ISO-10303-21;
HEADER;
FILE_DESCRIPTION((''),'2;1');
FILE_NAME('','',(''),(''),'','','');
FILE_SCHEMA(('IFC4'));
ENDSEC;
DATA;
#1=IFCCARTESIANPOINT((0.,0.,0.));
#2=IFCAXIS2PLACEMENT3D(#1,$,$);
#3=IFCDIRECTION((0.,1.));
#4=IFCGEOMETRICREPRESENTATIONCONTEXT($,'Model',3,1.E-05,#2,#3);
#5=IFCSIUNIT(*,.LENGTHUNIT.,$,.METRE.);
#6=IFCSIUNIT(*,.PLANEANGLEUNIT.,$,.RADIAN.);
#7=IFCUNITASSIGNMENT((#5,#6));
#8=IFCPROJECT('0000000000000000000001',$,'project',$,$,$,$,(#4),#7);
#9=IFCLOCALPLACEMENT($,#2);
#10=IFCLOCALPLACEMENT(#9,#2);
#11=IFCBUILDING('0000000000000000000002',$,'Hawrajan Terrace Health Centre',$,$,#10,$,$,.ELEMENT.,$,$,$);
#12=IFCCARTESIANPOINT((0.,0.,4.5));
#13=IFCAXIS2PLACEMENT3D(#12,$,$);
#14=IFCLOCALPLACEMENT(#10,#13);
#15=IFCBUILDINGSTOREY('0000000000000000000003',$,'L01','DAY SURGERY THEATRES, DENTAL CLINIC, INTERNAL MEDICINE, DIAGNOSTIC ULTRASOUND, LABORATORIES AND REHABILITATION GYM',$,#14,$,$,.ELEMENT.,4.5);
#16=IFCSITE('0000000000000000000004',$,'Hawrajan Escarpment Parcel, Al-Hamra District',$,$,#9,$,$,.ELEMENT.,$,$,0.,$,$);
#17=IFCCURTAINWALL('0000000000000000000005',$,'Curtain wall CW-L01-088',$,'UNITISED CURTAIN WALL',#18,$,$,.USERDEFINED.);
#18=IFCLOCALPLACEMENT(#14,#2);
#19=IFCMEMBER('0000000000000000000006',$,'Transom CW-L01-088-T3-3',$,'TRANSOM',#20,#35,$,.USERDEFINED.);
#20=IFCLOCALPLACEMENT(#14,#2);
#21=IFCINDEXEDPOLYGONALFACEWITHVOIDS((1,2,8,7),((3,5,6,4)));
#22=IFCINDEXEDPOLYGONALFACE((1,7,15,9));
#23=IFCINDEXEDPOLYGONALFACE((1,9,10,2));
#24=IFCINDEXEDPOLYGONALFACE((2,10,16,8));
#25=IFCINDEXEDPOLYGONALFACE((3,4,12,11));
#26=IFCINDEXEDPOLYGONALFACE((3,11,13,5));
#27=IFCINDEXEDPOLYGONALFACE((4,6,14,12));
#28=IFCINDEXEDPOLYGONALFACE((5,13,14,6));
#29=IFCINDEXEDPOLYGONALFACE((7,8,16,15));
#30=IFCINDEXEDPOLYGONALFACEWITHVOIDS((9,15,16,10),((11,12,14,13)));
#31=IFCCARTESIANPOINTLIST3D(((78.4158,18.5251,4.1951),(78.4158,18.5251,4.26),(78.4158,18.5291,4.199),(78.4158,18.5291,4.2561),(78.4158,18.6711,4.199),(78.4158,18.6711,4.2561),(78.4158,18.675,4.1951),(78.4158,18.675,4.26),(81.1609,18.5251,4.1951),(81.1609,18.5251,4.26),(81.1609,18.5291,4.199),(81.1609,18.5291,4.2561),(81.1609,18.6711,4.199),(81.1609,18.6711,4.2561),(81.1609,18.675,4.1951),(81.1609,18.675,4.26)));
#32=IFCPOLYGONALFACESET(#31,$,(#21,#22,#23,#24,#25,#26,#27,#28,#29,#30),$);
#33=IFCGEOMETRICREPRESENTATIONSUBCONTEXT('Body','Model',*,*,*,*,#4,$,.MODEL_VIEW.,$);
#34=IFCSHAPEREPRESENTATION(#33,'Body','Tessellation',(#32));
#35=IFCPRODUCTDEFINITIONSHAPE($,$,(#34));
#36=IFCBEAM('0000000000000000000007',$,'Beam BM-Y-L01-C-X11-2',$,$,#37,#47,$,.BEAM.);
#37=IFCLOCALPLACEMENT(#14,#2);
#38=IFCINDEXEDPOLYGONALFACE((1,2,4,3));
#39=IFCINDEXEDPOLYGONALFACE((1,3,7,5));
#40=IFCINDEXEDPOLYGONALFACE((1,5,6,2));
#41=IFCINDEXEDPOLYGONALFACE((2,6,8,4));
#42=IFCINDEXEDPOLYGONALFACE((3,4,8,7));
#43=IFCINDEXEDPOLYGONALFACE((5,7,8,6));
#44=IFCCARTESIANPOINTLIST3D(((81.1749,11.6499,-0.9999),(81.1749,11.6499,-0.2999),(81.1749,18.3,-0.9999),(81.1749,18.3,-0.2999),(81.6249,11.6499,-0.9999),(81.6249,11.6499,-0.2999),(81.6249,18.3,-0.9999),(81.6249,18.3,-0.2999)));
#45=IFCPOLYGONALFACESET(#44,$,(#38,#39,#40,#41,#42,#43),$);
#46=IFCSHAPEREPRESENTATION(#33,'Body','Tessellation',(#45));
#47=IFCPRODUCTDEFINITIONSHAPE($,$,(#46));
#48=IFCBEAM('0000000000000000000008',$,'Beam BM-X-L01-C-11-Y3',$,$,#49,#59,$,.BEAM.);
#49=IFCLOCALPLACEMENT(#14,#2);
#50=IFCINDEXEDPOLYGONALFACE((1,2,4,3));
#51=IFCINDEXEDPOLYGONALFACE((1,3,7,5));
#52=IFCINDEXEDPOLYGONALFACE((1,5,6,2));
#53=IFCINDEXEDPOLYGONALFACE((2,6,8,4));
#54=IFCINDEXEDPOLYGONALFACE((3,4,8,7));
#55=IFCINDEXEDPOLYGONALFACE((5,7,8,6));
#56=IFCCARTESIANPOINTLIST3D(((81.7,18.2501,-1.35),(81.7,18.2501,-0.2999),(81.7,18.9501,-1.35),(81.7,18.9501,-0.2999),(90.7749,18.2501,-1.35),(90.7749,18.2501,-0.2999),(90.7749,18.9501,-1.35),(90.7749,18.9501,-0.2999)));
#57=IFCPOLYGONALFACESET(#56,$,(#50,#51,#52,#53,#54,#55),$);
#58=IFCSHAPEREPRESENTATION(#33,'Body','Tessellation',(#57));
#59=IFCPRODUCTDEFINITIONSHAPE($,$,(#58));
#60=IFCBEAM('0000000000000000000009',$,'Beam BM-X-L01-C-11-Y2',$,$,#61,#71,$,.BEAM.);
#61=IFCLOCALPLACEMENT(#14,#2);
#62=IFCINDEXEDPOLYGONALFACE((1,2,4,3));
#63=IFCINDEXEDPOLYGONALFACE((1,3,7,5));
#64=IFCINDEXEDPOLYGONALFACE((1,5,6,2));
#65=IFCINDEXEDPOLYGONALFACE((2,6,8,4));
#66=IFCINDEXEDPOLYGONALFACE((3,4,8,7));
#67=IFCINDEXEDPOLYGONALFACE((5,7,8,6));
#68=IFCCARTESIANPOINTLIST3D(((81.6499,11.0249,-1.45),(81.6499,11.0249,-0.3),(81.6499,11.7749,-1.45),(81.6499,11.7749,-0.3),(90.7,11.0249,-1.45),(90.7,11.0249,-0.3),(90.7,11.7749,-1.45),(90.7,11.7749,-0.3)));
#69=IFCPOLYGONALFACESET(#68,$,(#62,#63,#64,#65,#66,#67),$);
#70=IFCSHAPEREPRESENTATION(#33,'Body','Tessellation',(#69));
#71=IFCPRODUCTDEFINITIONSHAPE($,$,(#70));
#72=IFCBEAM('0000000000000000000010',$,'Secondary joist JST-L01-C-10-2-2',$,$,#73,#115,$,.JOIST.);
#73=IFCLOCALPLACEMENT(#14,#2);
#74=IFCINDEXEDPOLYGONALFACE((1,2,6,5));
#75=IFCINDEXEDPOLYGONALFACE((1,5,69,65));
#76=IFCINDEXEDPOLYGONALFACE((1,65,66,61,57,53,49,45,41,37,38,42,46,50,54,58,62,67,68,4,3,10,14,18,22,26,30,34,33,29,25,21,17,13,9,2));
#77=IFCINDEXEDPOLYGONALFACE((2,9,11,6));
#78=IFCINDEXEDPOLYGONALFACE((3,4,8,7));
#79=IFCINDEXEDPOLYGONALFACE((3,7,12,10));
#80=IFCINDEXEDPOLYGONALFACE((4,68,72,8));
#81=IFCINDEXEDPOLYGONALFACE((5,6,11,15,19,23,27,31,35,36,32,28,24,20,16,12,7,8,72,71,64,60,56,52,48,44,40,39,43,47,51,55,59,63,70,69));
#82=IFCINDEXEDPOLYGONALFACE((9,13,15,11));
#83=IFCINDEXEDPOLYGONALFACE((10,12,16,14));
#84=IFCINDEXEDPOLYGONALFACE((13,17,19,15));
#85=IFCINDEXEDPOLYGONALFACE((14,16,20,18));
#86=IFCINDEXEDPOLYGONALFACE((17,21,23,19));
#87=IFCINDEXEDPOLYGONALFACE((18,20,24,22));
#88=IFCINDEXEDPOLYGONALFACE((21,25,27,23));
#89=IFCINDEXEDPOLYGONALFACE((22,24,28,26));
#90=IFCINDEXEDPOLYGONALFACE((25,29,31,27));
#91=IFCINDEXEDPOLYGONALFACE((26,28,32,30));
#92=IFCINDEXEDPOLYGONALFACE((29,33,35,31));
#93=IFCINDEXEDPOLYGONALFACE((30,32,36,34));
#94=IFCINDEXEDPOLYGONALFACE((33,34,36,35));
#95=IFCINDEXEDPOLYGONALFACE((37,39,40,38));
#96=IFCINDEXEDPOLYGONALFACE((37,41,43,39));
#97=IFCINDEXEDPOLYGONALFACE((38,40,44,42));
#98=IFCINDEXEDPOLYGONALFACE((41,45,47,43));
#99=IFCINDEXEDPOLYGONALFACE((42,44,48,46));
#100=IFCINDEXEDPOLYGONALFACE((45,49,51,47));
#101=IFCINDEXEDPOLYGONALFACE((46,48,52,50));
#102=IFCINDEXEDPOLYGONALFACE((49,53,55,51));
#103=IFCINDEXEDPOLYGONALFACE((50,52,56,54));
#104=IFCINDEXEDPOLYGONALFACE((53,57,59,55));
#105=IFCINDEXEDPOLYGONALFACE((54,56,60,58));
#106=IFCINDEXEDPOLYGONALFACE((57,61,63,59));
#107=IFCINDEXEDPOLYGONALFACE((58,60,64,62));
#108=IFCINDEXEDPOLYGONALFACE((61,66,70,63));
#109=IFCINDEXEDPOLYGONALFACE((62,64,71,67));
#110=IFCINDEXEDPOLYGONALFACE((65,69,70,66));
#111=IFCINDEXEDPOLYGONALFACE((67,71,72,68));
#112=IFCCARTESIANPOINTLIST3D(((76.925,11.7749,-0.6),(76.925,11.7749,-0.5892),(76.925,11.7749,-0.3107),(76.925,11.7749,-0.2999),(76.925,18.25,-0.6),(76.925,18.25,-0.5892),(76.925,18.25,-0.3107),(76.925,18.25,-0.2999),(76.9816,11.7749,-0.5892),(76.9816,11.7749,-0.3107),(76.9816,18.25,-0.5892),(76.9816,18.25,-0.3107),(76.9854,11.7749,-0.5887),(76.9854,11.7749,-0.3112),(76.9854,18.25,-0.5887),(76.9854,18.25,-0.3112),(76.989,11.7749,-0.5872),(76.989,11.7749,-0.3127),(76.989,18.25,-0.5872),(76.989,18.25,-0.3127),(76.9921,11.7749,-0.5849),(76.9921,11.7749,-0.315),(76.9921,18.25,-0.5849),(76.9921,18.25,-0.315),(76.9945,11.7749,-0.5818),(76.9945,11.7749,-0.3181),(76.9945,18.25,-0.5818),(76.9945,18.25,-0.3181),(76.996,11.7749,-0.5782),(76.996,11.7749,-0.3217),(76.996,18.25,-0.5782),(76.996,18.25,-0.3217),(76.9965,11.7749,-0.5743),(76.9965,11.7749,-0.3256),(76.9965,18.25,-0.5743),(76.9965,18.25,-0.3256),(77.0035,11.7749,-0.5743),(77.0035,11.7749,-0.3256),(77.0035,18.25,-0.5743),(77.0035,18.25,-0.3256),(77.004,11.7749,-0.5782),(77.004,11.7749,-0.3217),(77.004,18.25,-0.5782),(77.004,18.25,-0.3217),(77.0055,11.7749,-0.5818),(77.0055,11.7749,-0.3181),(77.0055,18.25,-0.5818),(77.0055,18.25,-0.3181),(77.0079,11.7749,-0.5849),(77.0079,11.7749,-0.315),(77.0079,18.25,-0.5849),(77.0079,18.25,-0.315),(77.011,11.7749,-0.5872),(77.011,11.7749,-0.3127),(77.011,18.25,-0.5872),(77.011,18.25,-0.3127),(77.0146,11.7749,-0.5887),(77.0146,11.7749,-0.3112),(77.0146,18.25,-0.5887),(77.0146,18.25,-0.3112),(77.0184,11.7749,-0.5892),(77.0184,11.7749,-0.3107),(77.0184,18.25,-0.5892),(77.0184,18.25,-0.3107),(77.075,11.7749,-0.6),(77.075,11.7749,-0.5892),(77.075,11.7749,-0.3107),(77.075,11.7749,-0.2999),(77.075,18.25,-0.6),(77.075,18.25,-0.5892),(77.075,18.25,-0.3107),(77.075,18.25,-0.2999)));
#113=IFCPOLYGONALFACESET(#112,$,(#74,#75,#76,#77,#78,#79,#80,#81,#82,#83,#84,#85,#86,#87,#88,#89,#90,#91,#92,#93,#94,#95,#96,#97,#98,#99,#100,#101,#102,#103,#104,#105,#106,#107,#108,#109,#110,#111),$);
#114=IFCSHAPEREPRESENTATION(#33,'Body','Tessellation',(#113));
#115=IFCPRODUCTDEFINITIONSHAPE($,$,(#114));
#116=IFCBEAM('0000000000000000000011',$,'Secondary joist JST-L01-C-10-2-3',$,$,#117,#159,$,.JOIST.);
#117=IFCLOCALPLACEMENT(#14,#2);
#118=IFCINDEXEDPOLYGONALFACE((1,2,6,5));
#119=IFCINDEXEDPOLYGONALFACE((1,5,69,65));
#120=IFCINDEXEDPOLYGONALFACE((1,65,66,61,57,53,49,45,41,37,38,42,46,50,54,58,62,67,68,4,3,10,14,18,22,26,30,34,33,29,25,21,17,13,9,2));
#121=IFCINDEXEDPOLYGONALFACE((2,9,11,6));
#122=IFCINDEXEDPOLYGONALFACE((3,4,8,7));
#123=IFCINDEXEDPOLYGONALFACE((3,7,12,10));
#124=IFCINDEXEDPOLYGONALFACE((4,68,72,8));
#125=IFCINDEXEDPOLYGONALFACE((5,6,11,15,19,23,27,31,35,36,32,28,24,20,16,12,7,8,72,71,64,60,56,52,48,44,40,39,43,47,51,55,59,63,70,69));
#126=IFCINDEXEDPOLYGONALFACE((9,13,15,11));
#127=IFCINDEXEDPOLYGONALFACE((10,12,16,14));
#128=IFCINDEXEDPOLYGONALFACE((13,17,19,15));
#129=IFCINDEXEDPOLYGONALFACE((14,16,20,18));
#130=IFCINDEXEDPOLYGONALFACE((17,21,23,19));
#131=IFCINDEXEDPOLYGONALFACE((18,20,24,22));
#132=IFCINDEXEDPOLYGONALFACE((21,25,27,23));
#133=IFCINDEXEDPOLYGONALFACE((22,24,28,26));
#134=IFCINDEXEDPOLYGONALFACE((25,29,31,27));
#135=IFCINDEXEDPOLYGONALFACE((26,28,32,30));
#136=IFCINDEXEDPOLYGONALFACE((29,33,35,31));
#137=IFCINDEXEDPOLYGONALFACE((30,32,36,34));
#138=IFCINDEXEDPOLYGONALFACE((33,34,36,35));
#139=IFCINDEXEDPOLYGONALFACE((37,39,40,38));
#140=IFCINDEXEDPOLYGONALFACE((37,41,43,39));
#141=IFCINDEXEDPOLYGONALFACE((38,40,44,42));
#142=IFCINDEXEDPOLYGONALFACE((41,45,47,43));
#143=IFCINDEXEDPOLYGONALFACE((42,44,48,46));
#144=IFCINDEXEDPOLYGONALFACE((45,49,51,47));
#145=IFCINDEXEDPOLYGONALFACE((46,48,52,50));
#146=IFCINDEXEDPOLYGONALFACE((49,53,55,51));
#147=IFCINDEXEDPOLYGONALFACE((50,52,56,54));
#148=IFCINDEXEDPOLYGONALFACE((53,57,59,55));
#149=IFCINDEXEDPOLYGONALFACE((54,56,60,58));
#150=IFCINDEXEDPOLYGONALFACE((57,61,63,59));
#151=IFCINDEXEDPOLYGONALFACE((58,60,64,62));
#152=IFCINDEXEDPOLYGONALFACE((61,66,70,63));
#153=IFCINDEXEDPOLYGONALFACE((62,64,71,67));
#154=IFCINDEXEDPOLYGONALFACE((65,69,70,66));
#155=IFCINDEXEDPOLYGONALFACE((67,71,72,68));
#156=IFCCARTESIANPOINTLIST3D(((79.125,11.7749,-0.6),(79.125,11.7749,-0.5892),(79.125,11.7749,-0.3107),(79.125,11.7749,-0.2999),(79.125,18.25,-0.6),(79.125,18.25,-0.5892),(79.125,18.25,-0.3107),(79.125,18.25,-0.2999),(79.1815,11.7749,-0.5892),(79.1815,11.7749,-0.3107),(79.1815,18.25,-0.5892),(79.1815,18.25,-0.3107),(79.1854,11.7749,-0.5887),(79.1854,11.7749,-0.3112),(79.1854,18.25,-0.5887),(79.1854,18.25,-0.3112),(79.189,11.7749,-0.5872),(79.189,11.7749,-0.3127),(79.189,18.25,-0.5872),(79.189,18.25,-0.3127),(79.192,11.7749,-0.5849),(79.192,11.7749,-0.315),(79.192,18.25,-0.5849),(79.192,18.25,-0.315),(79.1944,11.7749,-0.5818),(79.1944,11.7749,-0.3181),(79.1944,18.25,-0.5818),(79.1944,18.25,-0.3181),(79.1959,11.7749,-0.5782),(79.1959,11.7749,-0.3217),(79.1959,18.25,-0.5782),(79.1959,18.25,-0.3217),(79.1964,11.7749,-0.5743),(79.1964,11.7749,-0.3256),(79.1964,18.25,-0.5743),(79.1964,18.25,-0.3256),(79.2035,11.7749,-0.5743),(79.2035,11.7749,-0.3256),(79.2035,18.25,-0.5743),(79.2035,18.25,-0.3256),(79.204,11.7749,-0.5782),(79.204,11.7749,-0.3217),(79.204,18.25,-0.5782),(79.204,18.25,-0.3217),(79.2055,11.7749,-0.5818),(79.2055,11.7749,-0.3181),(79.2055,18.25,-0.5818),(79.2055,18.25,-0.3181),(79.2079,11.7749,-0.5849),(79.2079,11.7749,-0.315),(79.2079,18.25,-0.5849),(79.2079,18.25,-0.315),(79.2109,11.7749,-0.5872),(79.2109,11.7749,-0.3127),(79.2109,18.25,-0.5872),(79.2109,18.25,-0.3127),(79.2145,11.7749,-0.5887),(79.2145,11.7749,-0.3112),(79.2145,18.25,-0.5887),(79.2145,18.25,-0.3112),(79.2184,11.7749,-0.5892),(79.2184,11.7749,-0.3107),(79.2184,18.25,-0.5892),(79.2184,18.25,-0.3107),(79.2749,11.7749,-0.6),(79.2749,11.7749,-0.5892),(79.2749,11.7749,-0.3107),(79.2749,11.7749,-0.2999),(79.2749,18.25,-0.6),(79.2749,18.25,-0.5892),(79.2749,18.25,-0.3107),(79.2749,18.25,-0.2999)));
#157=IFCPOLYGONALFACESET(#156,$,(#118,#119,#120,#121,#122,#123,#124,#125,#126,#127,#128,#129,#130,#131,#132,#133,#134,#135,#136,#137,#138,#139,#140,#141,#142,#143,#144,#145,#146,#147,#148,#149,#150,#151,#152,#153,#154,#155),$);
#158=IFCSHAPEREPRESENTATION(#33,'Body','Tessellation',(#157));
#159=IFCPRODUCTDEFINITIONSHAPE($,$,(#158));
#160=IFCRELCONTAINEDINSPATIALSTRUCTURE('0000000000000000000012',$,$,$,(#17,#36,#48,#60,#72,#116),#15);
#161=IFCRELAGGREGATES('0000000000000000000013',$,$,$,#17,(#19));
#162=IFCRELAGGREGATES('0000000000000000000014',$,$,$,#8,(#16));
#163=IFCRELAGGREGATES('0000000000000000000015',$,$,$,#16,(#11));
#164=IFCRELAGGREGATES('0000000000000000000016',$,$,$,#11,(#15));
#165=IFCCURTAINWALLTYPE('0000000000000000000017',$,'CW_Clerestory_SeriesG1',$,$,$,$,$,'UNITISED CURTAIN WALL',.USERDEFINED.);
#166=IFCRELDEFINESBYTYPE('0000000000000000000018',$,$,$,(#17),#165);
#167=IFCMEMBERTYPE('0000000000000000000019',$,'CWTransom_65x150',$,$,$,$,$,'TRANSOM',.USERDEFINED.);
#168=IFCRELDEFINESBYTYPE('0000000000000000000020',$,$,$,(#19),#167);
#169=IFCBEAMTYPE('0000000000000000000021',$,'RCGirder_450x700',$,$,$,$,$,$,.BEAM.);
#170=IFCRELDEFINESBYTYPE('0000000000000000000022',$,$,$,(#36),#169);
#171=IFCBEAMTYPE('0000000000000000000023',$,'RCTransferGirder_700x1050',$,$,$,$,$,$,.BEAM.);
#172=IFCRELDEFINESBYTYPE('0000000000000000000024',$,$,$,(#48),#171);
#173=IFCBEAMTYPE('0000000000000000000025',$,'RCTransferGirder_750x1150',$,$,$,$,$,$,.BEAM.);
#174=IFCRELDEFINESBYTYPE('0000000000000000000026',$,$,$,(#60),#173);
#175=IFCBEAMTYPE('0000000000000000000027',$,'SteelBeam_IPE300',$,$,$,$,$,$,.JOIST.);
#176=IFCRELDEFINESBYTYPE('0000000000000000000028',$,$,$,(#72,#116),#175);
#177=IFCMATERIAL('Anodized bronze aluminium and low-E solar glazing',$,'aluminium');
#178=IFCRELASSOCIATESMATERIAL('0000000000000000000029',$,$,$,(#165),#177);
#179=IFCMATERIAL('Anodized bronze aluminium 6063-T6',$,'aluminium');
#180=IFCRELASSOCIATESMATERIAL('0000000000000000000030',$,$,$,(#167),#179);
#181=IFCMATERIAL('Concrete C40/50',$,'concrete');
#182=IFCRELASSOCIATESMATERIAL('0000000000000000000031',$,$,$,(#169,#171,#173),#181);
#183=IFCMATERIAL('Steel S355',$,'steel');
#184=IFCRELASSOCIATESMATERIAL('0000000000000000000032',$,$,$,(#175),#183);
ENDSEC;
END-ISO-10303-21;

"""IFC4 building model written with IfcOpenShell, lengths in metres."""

from ifc_helpers import new_model, si_unit, direction, frame, origin, origin_2d, place, context, subcontext, project, spatial, rectangle, hollow_rectangle, i_section, extrude, material, material_profile, profile_set, type_object, element, aggregate, save


model = new_model("IFC4")

# Units and contexts
model_context = context("Model", 3, precision=1e-05, world=origin(), true_north=direction((0.0, 1.0)))
body_context = subcontext(model_context, "Body", "Model", "MODEL_VIEW")
ifc_project = project(units=[si_unit("LENGTHUNIT", "METRE"), si_unit("PLANEANGLEUNIT", "RADIAN")], contexts=[model_context])

# Site, building, storey
site_placement = place(None, origin())
site = spatial("IfcSite", under=ifc_project, at=site_placement, Name="Hawrajan Escarpment Parcel, Al-Hamra District", CompositionType="ELEMENT", RefElevation=0.0)
building_placement = place(site_placement, origin())
building = spatial("IfcBuilding", under=site, at=building_placement, Name="Hawrajan Terrace Health Centre", CompositionType="ELEMENT")
storey_placement = place(building_placement, frame((0.0, 0.0, 4.5)))
storey = spatial("IfcBuildingStorey", under=building, at=storey_placement, Name="L01", Description="DAY SURGERY THEATRES, DENTAL CLINIC, INTERNAL MEDICINE, DIAGNOSTIC ULTRASOUND, LABORATORIES AND REHABILITATION GYM", CompositionType="ELEMENT", Elevation=4.5)

# Shared definitions
ifc_material_1 = material(Name="Anodized bronze aluminium and low-E solar glazing", Category="aluminium")
ifc_material_2 = material(Name="Anodized bronze aluminium 6063-T6", Category="aluminium")

# Curtain wall
curtain_wall_type_1 = type_object("IfcCurtainWallType", Name="CW_Clerestory_SeriesG1", ElementType="UNITISED CURTAIN WALL", PredefinedType="USERDEFINED", material=ifc_material_1)
curtain_wall_1_placement = place(storey_placement, origin())
curtain_wall_1 = element("IfcCurtainWall", 1, at=curtain_wall_1_placement, inside=storey, type_object=curtain_wall_type_1, Name="Curtain wall CW-L01-088", ObjectType="UNITISED CURTAIN WALL", PredefinedType="USERDEFINED")

# Member
ifc_material_profile_1 = material_profile(ifc_material_2, hollow_rectangle(XDim=0.0649, YDim=0.1499, WallThickness=0.0039, at=origin_2d()), Name="CW TRN 65x150")
ifc_profile_set_1 = profile_set([ifc_material_profile_1], Name="Anodized bronze aluminium 6063-T6")
member_type_1 = type_object("IfcMemberType", Name="CWTransom_65x150", ElementType="TRANSOM", PredefinedType="USERDEFINED", material=ifc_profile_set_1)
member_1_placement = place(storey_placement, frame((78.4158, 18.6001, 4.2275), z_axis=(1.0, 0.0, 0.0), x_axis=(0.0, 0.0, 1.0)))
member_1 = element("IfcMember", 2, at=member_1_placement, type_object=member_type_1, Name="Transom CW-L01-088-T3-3", ObjectType="TRANSOM", PredefinedType="USERDEFINED", context=body_context, shape_type="SweptSolid", body=[
    extrude(hollow_rectangle(XDim=0.0649, YDim=0.1499, WallThickness=0.0039, at=origin_2d()), origin(), (0.0, 0.0, 1.0), 2.7451),
])

# Beams
ifc_material_3 = material(Name="Concrete C40/50", Category="concrete")
ifc_material_profile_2 = material_profile(ifc_material_3, rectangle(XDim=0.45, YDim=0.7, at=origin_2d()), Name="RC BM 450x700")
ifc_profile_set_2 = profile_set([ifc_material_profile_2], Name="Concrete C40/50")
beam_type_1 = type_object("IfcBeamType", Name="RCGirder_450x700", PredefinedType="BEAM", material=ifc_profile_set_2)
beam_1_placement = place(storey_placement, frame((81.3999, 11.6499, -0.6499), z_axis=(0.0, 1.0, 0.0), x_axis=(-1.0, 0.0, 0.0)))
element("IfcBeam", 3, at=beam_1_placement, inside=storey, type_object=beam_type_1, Name="Beam BM-Y-L01-C-X11-2", PredefinedType="BEAM", context=body_context, shape_type="SweptSolid", body=[
    extrude(rectangle(XDim=0.45, YDim=0.7, at=origin_2d()), origin(), (0.0, 0.0, 1.0), 6.6501),
])
ifc_material_profile_3 = material_profile(ifc_material_3, rectangle(XDim=0.7, YDim=1.05, at=origin_2d()), Name="RC TG 700x1050")
ifc_profile_set_3 = profile_set([ifc_material_profile_3], Name="Concrete C40/50")
beam_type_2 = type_object("IfcBeamType", Name="RCTransferGirder_700x1050", PredefinedType="BEAM", material=ifc_profile_set_3)
beam_2_placement = place(storey_placement, frame((81.7, 18.6001, -0.825), z_axis=(1.0, 0.0, 0.0), x_axis=(0.0, 1.0, 0.0)))
element("IfcBeam", 4, at=beam_2_placement, inside=storey, type_object=beam_type_2, Name="Beam BM-X-L01-C-11-Y3", PredefinedType="BEAM", context=body_context, shape_type="SweptSolid", body=[
    extrude(rectangle(XDim=0.7, YDim=1.05, at=origin_2d()), origin(), (0.0, 0.0, 1.0), 9.075),
])
ifc_material_profile_4 = material_profile(ifc_material_3, rectangle(XDim=0.75, YDim=1.1499, at=origin_2d()), Name="RC TG 750x1150")
ifc_profile_set_4 = profile_set([ifc_material_profile_4], Name="Concrete C40/50")
beam_type_3 = type_object("IfcBeamType", Name="RCTransferGirder_750x1150", PredefinedType="BEAM", material=ifc_profile_set_4)
beam_3_placement = place(storey_placement, frame((81.6499, 11.3999, -0.875), z_axis=(1.0, 0.0, 0.0), x_axis=(0.0, 1.0, 0.0)))
element("IfcBeam", 5, at=beam_3_placement, inside=storey, type_object=beam_type_3, Name="Beam BM-X-L01-C-11-Y2", PredefinedType="BEAM", context=body_context, shape_type="SweptSolid", body=[
    extrude(rectangle(XDim=0.75, YDim=1.1499, at=origin_2d()), origin(), (0.0, 0.0, 1.0), 9.05),
])
ifc_material_4 = material(Name="Steel S355", Category="steel")
ifc_material_profile_5 = material_profile(ifc_material_4, i_section(OverallWidth=0.1499, OverallDepth=0.3, WebThickness=0.0071, FlangeThickness=0.0107, FilletRadius=0.0149, at=origin_2d()), Name="IPE 300")
ifc_profile_set_5 = profile_set([ifc_material_profile_5], Name="Steel S355")
beam_type_4 = type_object("IfcBeamType", Name="SteelBeam_IPE300", PredefinedType="JOIST", material=ifc_profile_set_5)
for number, where, z_axis, x_axis, name in (
    (6, (77.0, 11.7749, -0.45), (0.0, 1.0, 0.0), (-1.0, 0.0, 0.0), "Secondary joist JST-L01-C-10-2-2"),
    (7, (79.2, 11.7749, -0.45), (0.0, 1.0, 0.0), (-1.0, 0.0, 0.0), "Secondary joist JST-L01-C-10-2-3"),
):
    element("IfcBeam", number, at=place(storey_placement, frame(where, z_axis=z_axis, x_axis=x_axis)), inside=storey, type_object=beam_type_4, Name=name, PredefinedType="JOIST", context=body_context, shape_type="SweptSolid", body=[
        extrude(i_section(OverallWidth=0.1499, OverallDepth=0.3, WebThickness=0.0071, FlangeThickness=0.0107, FilletRadius=0.0149, at=origin_2d()), origin(), (0.0, 0.0, 1.0), 6.4751),
    ])

aggregate(curtain_wall_1, [member_1])

save(model, "model.ifc")
